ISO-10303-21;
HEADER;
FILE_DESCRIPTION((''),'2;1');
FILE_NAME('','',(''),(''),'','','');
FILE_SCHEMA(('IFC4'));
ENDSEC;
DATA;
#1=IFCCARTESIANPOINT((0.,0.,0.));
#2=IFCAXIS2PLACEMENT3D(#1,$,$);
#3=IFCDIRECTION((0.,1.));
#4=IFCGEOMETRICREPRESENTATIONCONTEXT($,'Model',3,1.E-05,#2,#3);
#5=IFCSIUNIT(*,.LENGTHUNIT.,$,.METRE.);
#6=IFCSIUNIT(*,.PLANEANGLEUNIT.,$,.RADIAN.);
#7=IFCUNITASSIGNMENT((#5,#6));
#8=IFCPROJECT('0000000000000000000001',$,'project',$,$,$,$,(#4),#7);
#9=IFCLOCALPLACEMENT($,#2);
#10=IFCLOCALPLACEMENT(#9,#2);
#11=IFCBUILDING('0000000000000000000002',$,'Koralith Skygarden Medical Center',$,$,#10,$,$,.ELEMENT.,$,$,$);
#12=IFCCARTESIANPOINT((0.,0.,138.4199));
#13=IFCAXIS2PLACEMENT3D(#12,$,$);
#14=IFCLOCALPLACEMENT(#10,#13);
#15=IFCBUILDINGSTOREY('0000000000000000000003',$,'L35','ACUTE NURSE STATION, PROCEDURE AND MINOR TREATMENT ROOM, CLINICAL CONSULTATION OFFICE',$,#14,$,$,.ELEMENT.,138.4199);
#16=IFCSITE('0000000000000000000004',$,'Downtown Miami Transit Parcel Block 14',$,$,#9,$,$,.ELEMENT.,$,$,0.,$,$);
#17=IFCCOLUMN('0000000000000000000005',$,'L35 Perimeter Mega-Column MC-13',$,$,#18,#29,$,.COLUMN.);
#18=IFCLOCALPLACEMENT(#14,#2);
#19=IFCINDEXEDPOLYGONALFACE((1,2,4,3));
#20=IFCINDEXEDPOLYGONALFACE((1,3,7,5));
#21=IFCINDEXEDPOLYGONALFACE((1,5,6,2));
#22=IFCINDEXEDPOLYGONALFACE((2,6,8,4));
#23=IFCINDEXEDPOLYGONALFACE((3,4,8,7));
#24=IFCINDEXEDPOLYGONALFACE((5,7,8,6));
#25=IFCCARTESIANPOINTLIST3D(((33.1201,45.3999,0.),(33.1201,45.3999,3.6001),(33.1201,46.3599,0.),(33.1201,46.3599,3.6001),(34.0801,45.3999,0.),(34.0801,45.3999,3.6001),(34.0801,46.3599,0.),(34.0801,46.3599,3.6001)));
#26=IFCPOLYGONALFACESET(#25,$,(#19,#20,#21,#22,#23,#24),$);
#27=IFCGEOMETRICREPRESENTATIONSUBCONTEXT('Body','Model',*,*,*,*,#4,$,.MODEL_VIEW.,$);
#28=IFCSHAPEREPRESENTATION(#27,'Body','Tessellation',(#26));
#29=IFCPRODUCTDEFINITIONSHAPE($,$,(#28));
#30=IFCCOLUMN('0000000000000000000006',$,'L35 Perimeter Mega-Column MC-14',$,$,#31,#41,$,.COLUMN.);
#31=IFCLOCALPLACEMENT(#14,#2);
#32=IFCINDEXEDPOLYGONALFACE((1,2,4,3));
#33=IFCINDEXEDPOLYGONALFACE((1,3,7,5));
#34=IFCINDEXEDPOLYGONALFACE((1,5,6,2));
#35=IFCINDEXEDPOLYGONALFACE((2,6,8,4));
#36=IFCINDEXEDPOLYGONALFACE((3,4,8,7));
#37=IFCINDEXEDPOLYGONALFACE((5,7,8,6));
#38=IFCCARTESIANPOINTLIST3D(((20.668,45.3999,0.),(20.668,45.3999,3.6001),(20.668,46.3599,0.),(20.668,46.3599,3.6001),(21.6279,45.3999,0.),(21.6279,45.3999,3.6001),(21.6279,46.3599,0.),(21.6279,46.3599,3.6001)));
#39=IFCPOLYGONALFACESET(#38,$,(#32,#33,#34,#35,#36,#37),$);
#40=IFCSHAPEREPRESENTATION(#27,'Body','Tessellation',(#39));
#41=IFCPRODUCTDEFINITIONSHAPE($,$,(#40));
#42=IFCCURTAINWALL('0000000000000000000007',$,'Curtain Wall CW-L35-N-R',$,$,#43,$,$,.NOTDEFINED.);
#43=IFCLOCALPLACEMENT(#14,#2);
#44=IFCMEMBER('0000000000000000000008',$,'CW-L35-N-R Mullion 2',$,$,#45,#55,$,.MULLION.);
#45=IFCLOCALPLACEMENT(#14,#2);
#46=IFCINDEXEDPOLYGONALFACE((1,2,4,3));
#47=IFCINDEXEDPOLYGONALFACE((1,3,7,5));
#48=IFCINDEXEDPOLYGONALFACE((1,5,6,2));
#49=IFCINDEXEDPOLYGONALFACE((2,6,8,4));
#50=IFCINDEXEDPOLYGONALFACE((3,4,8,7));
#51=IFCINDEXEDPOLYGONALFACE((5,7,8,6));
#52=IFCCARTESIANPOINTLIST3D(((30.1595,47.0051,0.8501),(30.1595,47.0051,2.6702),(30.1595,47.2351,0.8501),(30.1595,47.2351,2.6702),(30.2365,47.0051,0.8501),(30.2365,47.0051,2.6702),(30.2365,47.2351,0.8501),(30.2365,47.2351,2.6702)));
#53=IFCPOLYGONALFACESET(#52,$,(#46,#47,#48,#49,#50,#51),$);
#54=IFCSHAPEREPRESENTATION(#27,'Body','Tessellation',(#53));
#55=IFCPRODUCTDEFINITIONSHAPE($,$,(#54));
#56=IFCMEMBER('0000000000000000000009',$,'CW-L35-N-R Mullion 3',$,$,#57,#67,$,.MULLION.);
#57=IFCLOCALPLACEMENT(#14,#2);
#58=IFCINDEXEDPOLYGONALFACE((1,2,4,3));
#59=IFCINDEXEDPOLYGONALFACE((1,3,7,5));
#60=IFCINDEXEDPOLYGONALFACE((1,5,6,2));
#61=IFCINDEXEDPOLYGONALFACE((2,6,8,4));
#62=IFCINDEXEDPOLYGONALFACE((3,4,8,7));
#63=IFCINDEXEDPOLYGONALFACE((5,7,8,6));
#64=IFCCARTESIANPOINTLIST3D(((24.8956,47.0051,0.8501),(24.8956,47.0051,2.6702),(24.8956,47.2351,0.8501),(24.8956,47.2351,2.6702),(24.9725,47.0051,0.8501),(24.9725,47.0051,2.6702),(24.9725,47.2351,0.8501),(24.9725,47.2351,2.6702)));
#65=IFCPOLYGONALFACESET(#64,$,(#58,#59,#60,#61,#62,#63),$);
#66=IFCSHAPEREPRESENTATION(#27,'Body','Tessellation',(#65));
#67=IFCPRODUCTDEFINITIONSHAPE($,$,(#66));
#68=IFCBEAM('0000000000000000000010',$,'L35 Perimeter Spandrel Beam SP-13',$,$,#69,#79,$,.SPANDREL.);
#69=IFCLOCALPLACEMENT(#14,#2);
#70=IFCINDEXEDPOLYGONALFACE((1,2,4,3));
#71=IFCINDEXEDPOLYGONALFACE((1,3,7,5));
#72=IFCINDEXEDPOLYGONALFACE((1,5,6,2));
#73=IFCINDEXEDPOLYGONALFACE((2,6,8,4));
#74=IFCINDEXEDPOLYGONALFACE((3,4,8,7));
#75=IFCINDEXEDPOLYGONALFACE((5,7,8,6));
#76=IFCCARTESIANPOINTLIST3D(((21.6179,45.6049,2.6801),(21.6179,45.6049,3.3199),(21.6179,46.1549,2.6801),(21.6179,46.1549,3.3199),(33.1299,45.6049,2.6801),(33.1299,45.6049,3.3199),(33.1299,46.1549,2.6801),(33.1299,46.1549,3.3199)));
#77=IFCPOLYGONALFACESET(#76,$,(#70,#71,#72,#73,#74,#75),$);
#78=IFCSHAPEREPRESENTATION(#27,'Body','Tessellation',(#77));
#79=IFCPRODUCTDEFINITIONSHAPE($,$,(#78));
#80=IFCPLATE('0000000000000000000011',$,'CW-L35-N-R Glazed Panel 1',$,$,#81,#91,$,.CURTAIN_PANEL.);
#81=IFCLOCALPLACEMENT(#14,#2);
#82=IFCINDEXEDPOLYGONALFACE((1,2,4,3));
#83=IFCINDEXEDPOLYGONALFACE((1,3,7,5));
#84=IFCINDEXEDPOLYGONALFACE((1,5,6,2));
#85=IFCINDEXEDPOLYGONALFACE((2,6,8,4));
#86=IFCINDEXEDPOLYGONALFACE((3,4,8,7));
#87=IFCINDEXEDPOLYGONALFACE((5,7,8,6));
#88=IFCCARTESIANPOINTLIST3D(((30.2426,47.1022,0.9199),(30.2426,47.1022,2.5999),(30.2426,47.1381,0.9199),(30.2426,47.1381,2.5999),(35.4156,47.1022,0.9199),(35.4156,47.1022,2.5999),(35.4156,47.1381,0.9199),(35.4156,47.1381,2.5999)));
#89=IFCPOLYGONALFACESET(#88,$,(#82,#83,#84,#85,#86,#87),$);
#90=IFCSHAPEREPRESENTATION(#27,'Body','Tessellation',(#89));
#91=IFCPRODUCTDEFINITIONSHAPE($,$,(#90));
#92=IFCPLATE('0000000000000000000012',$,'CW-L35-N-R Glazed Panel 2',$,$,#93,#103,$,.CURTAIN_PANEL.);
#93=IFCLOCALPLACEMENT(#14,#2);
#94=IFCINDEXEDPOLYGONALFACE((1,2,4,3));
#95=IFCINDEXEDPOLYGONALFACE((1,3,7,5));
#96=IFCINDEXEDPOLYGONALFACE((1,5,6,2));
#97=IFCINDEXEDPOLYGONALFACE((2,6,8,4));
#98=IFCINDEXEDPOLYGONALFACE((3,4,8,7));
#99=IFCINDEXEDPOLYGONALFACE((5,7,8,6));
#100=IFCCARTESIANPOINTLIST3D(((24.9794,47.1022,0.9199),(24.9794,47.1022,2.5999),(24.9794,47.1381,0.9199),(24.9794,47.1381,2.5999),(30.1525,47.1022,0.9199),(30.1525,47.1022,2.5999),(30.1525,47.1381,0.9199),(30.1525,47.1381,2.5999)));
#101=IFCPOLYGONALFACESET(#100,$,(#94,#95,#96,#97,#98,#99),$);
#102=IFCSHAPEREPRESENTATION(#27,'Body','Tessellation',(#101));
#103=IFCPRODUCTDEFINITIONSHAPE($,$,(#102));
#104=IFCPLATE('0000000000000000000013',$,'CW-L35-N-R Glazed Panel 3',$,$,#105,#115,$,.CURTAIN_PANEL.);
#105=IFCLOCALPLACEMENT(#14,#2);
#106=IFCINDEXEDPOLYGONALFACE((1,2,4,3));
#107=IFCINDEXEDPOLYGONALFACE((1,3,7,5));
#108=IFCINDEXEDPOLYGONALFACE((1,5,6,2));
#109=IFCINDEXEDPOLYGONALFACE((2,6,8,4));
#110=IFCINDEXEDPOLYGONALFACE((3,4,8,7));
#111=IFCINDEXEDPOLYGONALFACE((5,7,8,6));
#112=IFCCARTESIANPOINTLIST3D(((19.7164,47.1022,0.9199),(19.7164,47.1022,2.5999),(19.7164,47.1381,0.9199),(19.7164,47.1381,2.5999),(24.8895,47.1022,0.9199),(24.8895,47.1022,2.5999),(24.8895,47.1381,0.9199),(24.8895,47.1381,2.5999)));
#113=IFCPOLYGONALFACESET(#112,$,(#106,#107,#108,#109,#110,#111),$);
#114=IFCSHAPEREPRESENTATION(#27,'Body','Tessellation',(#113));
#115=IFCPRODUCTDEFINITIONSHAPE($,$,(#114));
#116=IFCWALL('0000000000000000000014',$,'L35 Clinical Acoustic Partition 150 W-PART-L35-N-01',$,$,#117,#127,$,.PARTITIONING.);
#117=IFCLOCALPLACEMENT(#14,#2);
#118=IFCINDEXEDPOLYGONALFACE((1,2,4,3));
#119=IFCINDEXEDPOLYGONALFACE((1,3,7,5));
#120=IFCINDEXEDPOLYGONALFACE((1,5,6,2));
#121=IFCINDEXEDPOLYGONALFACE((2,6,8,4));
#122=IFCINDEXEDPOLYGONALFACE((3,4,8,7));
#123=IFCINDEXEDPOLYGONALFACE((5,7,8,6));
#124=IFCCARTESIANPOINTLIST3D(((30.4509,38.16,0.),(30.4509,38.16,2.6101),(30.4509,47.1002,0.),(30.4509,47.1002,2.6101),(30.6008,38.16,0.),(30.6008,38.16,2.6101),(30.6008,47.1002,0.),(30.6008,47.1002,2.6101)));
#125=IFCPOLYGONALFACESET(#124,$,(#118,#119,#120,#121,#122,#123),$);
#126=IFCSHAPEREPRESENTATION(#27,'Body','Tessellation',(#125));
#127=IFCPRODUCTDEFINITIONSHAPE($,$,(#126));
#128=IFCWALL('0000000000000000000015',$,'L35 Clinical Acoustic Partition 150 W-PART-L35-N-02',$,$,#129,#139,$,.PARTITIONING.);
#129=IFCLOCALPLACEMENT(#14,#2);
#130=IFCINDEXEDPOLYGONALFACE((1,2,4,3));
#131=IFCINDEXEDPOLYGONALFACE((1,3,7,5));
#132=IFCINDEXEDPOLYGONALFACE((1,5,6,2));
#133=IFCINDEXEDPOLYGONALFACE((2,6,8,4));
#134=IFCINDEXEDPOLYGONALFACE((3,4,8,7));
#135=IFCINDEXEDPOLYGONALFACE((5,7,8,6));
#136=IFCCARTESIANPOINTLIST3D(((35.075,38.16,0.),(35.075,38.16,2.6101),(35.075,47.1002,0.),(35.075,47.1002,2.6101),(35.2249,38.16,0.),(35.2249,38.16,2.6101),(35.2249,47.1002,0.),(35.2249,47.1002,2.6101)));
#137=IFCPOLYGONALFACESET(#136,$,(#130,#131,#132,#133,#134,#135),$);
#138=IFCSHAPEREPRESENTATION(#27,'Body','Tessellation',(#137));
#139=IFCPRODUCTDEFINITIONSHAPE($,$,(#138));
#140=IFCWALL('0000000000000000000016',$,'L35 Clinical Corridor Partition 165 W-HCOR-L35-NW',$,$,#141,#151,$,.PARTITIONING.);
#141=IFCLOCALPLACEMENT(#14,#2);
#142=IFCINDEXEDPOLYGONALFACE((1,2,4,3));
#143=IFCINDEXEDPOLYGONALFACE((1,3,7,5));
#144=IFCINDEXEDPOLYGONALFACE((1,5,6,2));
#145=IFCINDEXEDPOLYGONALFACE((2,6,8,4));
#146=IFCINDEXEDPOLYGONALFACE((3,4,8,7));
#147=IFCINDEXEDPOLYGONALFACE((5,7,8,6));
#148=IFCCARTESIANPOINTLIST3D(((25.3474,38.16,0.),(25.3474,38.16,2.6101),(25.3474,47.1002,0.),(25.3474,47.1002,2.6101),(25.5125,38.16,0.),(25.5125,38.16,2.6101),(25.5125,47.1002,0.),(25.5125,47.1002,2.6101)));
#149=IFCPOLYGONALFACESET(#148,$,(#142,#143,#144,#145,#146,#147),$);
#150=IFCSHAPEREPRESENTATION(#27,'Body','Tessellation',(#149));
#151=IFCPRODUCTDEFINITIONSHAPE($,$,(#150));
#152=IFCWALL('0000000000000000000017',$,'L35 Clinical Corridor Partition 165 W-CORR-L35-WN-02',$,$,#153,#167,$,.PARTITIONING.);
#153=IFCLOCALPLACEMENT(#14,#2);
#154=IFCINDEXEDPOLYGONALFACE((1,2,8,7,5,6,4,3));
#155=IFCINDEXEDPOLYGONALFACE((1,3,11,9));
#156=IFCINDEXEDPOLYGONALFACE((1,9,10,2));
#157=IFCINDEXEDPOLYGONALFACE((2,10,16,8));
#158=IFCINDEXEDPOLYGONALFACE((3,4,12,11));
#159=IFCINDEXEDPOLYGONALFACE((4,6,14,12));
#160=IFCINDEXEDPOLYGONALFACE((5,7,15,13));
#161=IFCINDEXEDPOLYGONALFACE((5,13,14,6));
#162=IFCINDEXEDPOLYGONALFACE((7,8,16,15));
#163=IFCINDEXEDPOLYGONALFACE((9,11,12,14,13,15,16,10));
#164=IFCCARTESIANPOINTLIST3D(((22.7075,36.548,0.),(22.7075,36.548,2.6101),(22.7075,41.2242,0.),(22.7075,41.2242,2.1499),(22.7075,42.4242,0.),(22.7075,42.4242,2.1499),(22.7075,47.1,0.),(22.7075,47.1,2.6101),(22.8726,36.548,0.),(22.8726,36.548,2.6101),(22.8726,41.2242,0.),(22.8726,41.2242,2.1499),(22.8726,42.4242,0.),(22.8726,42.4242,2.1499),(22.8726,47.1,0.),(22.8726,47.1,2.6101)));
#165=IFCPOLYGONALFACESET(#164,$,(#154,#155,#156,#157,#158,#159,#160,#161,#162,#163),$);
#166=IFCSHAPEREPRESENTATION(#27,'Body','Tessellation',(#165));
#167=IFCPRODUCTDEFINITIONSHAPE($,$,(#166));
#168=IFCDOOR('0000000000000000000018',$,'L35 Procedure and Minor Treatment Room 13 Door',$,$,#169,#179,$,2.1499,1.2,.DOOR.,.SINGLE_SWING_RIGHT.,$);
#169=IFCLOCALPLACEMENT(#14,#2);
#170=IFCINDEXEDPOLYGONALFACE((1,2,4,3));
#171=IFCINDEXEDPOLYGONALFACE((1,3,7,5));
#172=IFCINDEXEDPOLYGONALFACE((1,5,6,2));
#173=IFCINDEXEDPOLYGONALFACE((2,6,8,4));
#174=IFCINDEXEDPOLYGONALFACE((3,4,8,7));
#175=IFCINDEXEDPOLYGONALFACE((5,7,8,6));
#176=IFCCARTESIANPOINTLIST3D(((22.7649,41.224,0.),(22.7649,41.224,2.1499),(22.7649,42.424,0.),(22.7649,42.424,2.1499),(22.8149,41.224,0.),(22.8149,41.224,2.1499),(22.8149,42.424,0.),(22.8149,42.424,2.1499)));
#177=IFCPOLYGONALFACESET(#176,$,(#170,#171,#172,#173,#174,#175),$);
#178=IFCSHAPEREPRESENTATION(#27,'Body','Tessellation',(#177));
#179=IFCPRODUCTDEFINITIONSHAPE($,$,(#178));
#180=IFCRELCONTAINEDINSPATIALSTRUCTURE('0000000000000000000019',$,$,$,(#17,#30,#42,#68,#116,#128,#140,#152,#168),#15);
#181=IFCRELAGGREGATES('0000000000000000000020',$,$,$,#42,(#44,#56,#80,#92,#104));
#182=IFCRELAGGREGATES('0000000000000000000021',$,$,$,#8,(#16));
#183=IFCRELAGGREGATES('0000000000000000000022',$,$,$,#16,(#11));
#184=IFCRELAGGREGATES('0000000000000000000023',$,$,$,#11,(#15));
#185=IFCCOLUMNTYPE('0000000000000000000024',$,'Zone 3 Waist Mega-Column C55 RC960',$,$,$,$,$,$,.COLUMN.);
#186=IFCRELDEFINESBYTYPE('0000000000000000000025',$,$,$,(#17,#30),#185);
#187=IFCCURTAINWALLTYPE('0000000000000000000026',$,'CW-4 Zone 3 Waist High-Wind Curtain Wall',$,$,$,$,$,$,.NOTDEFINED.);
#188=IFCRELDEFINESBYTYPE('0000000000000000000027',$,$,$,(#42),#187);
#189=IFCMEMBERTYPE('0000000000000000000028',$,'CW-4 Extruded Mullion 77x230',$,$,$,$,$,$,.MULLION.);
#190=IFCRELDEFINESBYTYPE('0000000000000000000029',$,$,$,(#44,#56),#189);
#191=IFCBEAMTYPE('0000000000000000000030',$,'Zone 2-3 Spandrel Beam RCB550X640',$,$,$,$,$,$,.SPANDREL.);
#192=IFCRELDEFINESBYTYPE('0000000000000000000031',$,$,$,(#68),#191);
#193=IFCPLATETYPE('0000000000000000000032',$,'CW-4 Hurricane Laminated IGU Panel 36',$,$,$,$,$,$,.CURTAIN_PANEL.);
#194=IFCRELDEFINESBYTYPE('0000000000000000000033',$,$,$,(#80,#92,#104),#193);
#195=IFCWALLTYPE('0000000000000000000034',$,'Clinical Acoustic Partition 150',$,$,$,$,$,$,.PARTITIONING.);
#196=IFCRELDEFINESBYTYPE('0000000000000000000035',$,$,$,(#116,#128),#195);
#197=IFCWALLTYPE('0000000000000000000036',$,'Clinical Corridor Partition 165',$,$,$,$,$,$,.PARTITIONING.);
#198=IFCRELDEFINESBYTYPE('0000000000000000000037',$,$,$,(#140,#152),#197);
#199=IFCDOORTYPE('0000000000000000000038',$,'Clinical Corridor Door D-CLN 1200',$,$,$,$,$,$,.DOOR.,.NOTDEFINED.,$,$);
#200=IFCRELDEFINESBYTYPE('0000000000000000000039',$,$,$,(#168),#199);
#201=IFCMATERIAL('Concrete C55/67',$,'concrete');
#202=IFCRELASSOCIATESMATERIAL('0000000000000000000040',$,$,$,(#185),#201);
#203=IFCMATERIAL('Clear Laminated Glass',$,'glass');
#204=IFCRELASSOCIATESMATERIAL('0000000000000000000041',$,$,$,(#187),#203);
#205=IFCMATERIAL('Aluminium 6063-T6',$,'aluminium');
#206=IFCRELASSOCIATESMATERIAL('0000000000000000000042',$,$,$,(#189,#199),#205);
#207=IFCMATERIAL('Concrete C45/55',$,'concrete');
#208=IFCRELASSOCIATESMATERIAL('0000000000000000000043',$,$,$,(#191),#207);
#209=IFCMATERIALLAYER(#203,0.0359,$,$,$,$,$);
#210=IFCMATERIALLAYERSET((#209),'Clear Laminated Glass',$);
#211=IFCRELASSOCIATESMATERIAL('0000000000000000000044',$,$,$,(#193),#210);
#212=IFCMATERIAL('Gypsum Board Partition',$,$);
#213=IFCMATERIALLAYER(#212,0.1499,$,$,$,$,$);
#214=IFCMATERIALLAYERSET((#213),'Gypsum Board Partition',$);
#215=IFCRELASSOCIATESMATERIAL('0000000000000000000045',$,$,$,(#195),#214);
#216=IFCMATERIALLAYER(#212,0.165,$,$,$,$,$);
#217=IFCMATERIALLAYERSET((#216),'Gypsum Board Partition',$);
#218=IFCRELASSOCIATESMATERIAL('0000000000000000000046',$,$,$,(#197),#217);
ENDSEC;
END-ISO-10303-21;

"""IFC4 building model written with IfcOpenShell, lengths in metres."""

from ifc_helpers import new_model, si_unit, direction, frame, frame_2d, origin, origin_2d, place, context, subcontext, project, spatial, rectangle, extrude, material, layer, layer_set, material_profile, profile_set, type_object, element, fill, aggregate, save


model = new_model("IFC4")

# Units and contexts
model_context = context("Model", 3, precision=1e-05, world=origin(), true_north=direction((0.0, 1.0)))
body_context = subcontext(model_context, "Body", "Model", "MODEL_VIEW")
ifc_project = project(units=[si_unit("LENGTHUNIT", "METRE"), si_unit("PLANEANGLEUNIT", "RADIAN")], contexts=[model_context])

# Site, building, storey
site_placement = place(None, origin())
site = spatial("IfcSite", under=ifc_project, at=site_placement, Name="Downtown Miami Transit Parcel Block 14", CompositionType="ELEMENT", RefElevation=0.0)
building_placement = place(site_placement, origin())
building = spatial("IfcBuilding", under=site, at=building_placement, Name="Koralith Skygarden Medical Center", CompositionType="ELEMENT")
storey_placement = place(building_placement, frame((0.0, 0.0, 138.4199)))
storey = spatial("IfcBuildingStorey", under=building, at=storey_placement, Name="L35", Description="ACUTE NURSE STATION, PROCEDURE AND MINOR TREATMENT ROOM, CLINICAL CONSULTATION OFFICE", CompositionType="ELEMENT", Elevation=138.4199)

# Columns
ifc_material_1 = material(Name="Concrete C55/67", Category="concrete")
ifc_material_profile_1 = material_profile(ifc_material_1, rectangle(XDim=0.96, YDim=0.96, at=origin_2d()), Name="RC960X960")
ifc_profile_set_1 = profile_set([ifc_material_profile_1], Name="Concrete C55/67")
column_type = type_object("IfcColumnType", Name="Zone 3 Waist Mega-Column C55 RC960", PredefinedType="COLUMN", material=ifc_profile_set_1)
for number, where, z_axis, x_axis, name in (
    (1, (33.6001, 45.8799, 0.0), (0.0, 0.0, 1.0), (1.0, 0.0, 0.0), "L35 Perimeter Mega-Column MC-13"),
    (2, (21.1479, 45.8799, 0.0), (0.0, 0.0, 1.0), (1.0, 0.0, 0.0), "L35 Perimeter Mega-Column MC-14"),
):
    element("IfcColumn", number, at=place(storey_placement, frame(where, z_axis=z_axis, x_axis=x_axis)), inside=storey, type_object=column_type, Name=name, PredefinedType="COLUMN", context=body_context, shape_type="SweptSolid", body=[
        extrude(rectangle(XDim=0.96, YDim=0.96, at=origin_2d()), origin(), (0.0, 0.0, 1.0), 3.6001),
    ])

# Curtain wall, members
ifc_material_2 = material(Name="Clear Laminated Glass", Category="glass")
curtain_wall_type = type_object("IfcCurtainWallType", Name="CW-4 Zone 3 Waist High-Wind Curtain Wall", PredefinedType="NOTDEFINED", material=ifc_material_2)
curtain_wall_placement = place(storey_placement, origin())
curtain_wall = element("IfcCurtainWall", 3, at=curtain_wall_placement, inside=storey, type_object=curtain_wall_type, Name="Curtain Wall CW-L35-N-R", PredefinedType="NOTDEFINED")
ifc_material_3 = material(Name="Aluminium 6063-T6", Category="aluminium")
ifc_material_profile_2 = material_profile(ifc_material_3, rectangle(XDim=0.0769, YDim=0.23, at=origin_2d()), Name="MUL77X230")
ifc_profile_set_2 = profile_set([ifc_material_profile_2], Name="Aluminium 6063-T6")
member_type = type_object("IfcMemberType", Name="CW-4 Extruded Mullion 77x230", PredefinedType="MULLION", material=ifc_profile_set_2)
member_1_placement = place(storey_placement, frame((30.198, 47.1201, 0.8501), z_axis=(0.0, 0.0, 1.0), x_axis=(1.0, 0.0, 0.0)))
member_1 = element("IfcMember", 4, at=member_1_placement, type_object=member_type, Name="CW-L35-N-R Mullion 2", PredefinedType="MULLION", context=body_context, shape_type="SweptSolid", body=[
    extrude(rectangle(XDim=0.0769, YDim=0.23, at=origin_2d()), origin(), (0.0, 0.0, 1.0), 1.8201),
])
member_2_placement = place(storey_placement, frame((24.9341, 47.1201, 0.8501), z_axis=(0.0, 0.0, 1.0), x_axis=(1.0, 0.0, 0.0)))
member_2 = element("IfcMember", 5, at=member_2_placement, type_object=member_type, Name="CW-L35-N-R Mullion 3", PredefinedType="MULLION", context=body_context, shape_type="SweptSolid", body=[
    extrude(rectangle(XDim=0.0769, YDim=0.23, at=origin_2d()), origin(), (0.0, 0.0, 1.0), 1.8201),
])

# Beam
ifc_material_4 = material(Name="Concrete C45/55", Category="concrete")
ifc_material_profile_3 = material_profile(ifc_material_4, rectangle(XDim=0.55, YDim=0.6399, at=origin_2d()), Name="RCB550X640")
ifc_profile_set_3 = profile_set([ifc_material_profile_3], Name="Concrete C45/55")
beam_type = type_object("IfcBeamType", Name="Zone 2-3 Spandrel Beam RCB550X640", PredefinedType="SPANDREL", material=ifc_profile_set_3)
beam_placement = place(storey_placement, frame((33.1299, 45.8799, 3.0), z_axis=(-1.0, 0.0, 0.0), x_axis=(0.0, -1.0, 0.0)))
element("IfcBeam", 6, at=beam_placement, inside=storey, type_object=beam_type, Name="L35 Perimeter Spandrel Beam SP-13", PredefinedType="SPANDREL", context=body_context, shape_type="SweptSolid", body=[
    extrude(rectangle(XDim=0.55, YDim=0.6399, at=origin_2d()), origin(), (0.0, 0.0, 1.0), 11.512),
])

# Plates
ifc_layer_1 = layer(ifc_material_2, 0.0359)
ifc_layer_set_1 = layer_set([ifc_layer_1], Name="Clear Laminated Glass")
plate_type = type_object("IfcPlateType", Name="CW-4 Hurricane Laminated IGU Panel 36", PredefinedType="CURTAIN_PANEL", material=ifc_layer_set_1)
plate_1_placement = place(storey_placement, frame((32.8291, 47.1201, 0.9199), z_axis=(0.0, 0.0, 1.0), x_axis=(-1.0, 0.0, 0.0)))
plate_1 = element("IfcPlate", 7, at=plate_1_placement, type_object=plate_type, Name="CW-L35-N-R Glazed Panel 1", PredefinedType="CURTAIN_PANEL", context=body_context, shape_type="SweptSolid", body=[
    extrude(rectangle(XDim=5.1731, YDim=0.0359, at=origin_2d()), origin(), (0.0, 0.0, 1.0), 1.6799),
])
plate_2_placement = place(storey_placement, frame((27.5659, 47.1201, 0.9199), z_axis=(0.0, 0.0, 1.0), x_axis=(-1.0, 0.0, 0.0)))
plate_2 = element("IfcPlate", 8, at=plate_2_placement, type_object=plate_type, Name="CW-L35-N-R Glazed Panel 2", PredefinedType="CURTAIN_PANEL", context=body_context, shape_type="SweptSolid", body=[
    extrude(rectangle(XDim=5.1731, YDim=0.0359, at=origin_2d()), origin(), (0.0, 0.0, 1.0), 1.6799),
])
plate_3_placement = place(storey_placement, frame((22.303, 47.1201, 0.9199), z_axis=(0.0, 0.0, 1.0), x_axis=(-1.0, 0.0, 0.0)))
plate_3 = element("IfcPlate", 9, at=plate_3_placement, type_object=plate_type, Name="CW-L35-N-R Glazed Panel 3", PredefinedType="CURTAIN_PANEL", context=body_context, shape_type="SweptSolid", body=[
    extrude(rectangle(XDim=5.1731, YDim=0.0359, at=origin_2d()), origin(), (0.0, 0.0, 1.0), 1.6799),
])
aggregate(curtain_wall, [member_1, member_2, plate_1, plate_2, plate_3])

# Walls
ifc_material_5 = material(Name="Gypsum Board Partition")
ifc_layer_2 = layer(ifc_material_5, 0.1499)
ifc_layer_set_2 = layer_set([ifc_layer_2], Name="Gypsum Board Partition")
wall_type_1 = type_object("IfcWallType", Name="Clinical Acoustic Partition 150", PredefinedType="PARTITIONING", material=ifc_layer_set_2)
for number, where, z_axis, x_axis, name in (
    (10, (30.5259, 38.1599, 0.0), (0.0, 0.0, 1.0), (0.0, 1.0, 0.0), "L35 Clinical Acoustic Partition 150 W-PART-L35-N-01"),
    (11, (35.1499, 38.1599, 0.0), (0.0, 0.0, 1.0), (0.0, 1.0, 0.0), "L35 Clinical Acoustic Partition 150 W-PART-L35-N-02"),
):
    element("IfcWall", number, at=place(storey_placement, frame(where, z_axis=z_axis, x_axis=x_axis)), inside=storey, type_object=wall_type_1, Name=name, PredefinedType="PARTITIONING", context=body_context, shape_type="SweptSolid", body=[
        extrude(rectangle(XDim=8.9402, YDim=0.1499, at=frame_2d((4.4702, 0.0))), origin(), (0.0, 0.0, 1.0), 2.6101),
    ])
ifc_layer_3 = layer(ifc_material_5, 0.165)
ifc_layer_set_3 = layer_set([ifc_layer_3], Name="Gypsum Board Partition")
wall_type_2 = type_object("IfcWallType", Name="Clinical Corridor Partition 165", PredefinedType="PARTITIONING", material=ifc_layer_set_3)
wall_1_placement = place(storey_placement, frame((25.4299, 38.1599, 0.0), z_axis=(0.0, 0.0, 1.0), x_axis=(0.0, 1.0, 0.0)))
element("IfcWall", 12, at=wall_1_placement, inside=storey, type_object=wall_type_2, Name="L35 Clinical Corridor Partition 165 W-HCOR-L35-NW", PredefinedType="PARTITIONING", context=body_context, shape_type="SweptSolid", body=[
    extrude(rectangle(XDim=8.9402, YDim=0.165, at=frame_2d((4.4702, 0.0))), origin(), (0.0, 0.0, 1.0), 2.6101),
])

# Wall, opening, door
door_type_1 = type_object("IfcDoorType", Name="Clinical Corridor Door D-CLN 1200", OperationType="NOTDEFINED", PredefinedType="DOOR", material=ifc_material_3)
wall_2_placement = place(storey_placement, frame((22.79, 36.5481, 0.0), z_axis=(0.0, 0.0, 1.0), x_axis=(0.0, 1.0, 0.0)))
wall_2 = element("IfcWall", 13, at=wall_2_placement, inside=storey, type_object=wall_type_2, Name="L35 Clinical Corridor Partition 165 W-CORR-L35-WN-02", PredefinedType="PARTITIONING", context=body_context, shape_type="SweptSolid", body=[
    extrude(rectangle(XDim=10.552, YDim=0.165, at=frame_2d((5.2759, 0.0))), origin(), (0.0, 0.0, 1.0), 2.6101),
])
opening_1_placement = place(wall_2_placement, frame((4.676, 0.0, 0.0)))
opening_1 = element("IfcOpeningElement", 14, at=opening_1_placement, cuts=wall_2, PredefinedType="OPENING", context=body_context, shape_type="SweptSolid", body=[
    extrude(rectangle(XDim=1.2, YDim=2.1499, at=frame_2d((0.6001, 1.075))), frame((0.0, 0.0925, 0.0), z_axis=(0.0, -1.0, 0.0), x_axis=(1.0, 0.0, 0.0)), (0.0, 0.0, 1.0), 0.1851),
])
door_1_placement = place(opening_1_placement, frame((1.2, 0.0, 0.0), z_axis=(0.0, 0.0, 1.0), x_axis=(-1.0, 0.0, 0.0)))
door_1 = element("IfcDoor", 15, at=door_1_placement, inside=storey, type_object=door_type_1, Name="L35 Procedure and Minor Treatment Room 13 Door", OperationType="SINGLE_SWING_RIGHT", OverallHeight=2.1499, OverallWidth=1.2, PredefinedType="DOOR", context=body_context, shape_type="SweptSolid", body=[
    extrude(rectangle(XDim=1.2, YDim=2.1499, at=frame_2d((0.6001, 1.075))), frame((0.0, 0.0249, 0.0), z_axis=(0.0, -1.0, 0.0), x_axis=(1.0, 0.0, 0.0)), (0.0, 0.0, 1.0), 0.05),
])
fill(opening_1, door_1)

save(model, "model.ifc")
